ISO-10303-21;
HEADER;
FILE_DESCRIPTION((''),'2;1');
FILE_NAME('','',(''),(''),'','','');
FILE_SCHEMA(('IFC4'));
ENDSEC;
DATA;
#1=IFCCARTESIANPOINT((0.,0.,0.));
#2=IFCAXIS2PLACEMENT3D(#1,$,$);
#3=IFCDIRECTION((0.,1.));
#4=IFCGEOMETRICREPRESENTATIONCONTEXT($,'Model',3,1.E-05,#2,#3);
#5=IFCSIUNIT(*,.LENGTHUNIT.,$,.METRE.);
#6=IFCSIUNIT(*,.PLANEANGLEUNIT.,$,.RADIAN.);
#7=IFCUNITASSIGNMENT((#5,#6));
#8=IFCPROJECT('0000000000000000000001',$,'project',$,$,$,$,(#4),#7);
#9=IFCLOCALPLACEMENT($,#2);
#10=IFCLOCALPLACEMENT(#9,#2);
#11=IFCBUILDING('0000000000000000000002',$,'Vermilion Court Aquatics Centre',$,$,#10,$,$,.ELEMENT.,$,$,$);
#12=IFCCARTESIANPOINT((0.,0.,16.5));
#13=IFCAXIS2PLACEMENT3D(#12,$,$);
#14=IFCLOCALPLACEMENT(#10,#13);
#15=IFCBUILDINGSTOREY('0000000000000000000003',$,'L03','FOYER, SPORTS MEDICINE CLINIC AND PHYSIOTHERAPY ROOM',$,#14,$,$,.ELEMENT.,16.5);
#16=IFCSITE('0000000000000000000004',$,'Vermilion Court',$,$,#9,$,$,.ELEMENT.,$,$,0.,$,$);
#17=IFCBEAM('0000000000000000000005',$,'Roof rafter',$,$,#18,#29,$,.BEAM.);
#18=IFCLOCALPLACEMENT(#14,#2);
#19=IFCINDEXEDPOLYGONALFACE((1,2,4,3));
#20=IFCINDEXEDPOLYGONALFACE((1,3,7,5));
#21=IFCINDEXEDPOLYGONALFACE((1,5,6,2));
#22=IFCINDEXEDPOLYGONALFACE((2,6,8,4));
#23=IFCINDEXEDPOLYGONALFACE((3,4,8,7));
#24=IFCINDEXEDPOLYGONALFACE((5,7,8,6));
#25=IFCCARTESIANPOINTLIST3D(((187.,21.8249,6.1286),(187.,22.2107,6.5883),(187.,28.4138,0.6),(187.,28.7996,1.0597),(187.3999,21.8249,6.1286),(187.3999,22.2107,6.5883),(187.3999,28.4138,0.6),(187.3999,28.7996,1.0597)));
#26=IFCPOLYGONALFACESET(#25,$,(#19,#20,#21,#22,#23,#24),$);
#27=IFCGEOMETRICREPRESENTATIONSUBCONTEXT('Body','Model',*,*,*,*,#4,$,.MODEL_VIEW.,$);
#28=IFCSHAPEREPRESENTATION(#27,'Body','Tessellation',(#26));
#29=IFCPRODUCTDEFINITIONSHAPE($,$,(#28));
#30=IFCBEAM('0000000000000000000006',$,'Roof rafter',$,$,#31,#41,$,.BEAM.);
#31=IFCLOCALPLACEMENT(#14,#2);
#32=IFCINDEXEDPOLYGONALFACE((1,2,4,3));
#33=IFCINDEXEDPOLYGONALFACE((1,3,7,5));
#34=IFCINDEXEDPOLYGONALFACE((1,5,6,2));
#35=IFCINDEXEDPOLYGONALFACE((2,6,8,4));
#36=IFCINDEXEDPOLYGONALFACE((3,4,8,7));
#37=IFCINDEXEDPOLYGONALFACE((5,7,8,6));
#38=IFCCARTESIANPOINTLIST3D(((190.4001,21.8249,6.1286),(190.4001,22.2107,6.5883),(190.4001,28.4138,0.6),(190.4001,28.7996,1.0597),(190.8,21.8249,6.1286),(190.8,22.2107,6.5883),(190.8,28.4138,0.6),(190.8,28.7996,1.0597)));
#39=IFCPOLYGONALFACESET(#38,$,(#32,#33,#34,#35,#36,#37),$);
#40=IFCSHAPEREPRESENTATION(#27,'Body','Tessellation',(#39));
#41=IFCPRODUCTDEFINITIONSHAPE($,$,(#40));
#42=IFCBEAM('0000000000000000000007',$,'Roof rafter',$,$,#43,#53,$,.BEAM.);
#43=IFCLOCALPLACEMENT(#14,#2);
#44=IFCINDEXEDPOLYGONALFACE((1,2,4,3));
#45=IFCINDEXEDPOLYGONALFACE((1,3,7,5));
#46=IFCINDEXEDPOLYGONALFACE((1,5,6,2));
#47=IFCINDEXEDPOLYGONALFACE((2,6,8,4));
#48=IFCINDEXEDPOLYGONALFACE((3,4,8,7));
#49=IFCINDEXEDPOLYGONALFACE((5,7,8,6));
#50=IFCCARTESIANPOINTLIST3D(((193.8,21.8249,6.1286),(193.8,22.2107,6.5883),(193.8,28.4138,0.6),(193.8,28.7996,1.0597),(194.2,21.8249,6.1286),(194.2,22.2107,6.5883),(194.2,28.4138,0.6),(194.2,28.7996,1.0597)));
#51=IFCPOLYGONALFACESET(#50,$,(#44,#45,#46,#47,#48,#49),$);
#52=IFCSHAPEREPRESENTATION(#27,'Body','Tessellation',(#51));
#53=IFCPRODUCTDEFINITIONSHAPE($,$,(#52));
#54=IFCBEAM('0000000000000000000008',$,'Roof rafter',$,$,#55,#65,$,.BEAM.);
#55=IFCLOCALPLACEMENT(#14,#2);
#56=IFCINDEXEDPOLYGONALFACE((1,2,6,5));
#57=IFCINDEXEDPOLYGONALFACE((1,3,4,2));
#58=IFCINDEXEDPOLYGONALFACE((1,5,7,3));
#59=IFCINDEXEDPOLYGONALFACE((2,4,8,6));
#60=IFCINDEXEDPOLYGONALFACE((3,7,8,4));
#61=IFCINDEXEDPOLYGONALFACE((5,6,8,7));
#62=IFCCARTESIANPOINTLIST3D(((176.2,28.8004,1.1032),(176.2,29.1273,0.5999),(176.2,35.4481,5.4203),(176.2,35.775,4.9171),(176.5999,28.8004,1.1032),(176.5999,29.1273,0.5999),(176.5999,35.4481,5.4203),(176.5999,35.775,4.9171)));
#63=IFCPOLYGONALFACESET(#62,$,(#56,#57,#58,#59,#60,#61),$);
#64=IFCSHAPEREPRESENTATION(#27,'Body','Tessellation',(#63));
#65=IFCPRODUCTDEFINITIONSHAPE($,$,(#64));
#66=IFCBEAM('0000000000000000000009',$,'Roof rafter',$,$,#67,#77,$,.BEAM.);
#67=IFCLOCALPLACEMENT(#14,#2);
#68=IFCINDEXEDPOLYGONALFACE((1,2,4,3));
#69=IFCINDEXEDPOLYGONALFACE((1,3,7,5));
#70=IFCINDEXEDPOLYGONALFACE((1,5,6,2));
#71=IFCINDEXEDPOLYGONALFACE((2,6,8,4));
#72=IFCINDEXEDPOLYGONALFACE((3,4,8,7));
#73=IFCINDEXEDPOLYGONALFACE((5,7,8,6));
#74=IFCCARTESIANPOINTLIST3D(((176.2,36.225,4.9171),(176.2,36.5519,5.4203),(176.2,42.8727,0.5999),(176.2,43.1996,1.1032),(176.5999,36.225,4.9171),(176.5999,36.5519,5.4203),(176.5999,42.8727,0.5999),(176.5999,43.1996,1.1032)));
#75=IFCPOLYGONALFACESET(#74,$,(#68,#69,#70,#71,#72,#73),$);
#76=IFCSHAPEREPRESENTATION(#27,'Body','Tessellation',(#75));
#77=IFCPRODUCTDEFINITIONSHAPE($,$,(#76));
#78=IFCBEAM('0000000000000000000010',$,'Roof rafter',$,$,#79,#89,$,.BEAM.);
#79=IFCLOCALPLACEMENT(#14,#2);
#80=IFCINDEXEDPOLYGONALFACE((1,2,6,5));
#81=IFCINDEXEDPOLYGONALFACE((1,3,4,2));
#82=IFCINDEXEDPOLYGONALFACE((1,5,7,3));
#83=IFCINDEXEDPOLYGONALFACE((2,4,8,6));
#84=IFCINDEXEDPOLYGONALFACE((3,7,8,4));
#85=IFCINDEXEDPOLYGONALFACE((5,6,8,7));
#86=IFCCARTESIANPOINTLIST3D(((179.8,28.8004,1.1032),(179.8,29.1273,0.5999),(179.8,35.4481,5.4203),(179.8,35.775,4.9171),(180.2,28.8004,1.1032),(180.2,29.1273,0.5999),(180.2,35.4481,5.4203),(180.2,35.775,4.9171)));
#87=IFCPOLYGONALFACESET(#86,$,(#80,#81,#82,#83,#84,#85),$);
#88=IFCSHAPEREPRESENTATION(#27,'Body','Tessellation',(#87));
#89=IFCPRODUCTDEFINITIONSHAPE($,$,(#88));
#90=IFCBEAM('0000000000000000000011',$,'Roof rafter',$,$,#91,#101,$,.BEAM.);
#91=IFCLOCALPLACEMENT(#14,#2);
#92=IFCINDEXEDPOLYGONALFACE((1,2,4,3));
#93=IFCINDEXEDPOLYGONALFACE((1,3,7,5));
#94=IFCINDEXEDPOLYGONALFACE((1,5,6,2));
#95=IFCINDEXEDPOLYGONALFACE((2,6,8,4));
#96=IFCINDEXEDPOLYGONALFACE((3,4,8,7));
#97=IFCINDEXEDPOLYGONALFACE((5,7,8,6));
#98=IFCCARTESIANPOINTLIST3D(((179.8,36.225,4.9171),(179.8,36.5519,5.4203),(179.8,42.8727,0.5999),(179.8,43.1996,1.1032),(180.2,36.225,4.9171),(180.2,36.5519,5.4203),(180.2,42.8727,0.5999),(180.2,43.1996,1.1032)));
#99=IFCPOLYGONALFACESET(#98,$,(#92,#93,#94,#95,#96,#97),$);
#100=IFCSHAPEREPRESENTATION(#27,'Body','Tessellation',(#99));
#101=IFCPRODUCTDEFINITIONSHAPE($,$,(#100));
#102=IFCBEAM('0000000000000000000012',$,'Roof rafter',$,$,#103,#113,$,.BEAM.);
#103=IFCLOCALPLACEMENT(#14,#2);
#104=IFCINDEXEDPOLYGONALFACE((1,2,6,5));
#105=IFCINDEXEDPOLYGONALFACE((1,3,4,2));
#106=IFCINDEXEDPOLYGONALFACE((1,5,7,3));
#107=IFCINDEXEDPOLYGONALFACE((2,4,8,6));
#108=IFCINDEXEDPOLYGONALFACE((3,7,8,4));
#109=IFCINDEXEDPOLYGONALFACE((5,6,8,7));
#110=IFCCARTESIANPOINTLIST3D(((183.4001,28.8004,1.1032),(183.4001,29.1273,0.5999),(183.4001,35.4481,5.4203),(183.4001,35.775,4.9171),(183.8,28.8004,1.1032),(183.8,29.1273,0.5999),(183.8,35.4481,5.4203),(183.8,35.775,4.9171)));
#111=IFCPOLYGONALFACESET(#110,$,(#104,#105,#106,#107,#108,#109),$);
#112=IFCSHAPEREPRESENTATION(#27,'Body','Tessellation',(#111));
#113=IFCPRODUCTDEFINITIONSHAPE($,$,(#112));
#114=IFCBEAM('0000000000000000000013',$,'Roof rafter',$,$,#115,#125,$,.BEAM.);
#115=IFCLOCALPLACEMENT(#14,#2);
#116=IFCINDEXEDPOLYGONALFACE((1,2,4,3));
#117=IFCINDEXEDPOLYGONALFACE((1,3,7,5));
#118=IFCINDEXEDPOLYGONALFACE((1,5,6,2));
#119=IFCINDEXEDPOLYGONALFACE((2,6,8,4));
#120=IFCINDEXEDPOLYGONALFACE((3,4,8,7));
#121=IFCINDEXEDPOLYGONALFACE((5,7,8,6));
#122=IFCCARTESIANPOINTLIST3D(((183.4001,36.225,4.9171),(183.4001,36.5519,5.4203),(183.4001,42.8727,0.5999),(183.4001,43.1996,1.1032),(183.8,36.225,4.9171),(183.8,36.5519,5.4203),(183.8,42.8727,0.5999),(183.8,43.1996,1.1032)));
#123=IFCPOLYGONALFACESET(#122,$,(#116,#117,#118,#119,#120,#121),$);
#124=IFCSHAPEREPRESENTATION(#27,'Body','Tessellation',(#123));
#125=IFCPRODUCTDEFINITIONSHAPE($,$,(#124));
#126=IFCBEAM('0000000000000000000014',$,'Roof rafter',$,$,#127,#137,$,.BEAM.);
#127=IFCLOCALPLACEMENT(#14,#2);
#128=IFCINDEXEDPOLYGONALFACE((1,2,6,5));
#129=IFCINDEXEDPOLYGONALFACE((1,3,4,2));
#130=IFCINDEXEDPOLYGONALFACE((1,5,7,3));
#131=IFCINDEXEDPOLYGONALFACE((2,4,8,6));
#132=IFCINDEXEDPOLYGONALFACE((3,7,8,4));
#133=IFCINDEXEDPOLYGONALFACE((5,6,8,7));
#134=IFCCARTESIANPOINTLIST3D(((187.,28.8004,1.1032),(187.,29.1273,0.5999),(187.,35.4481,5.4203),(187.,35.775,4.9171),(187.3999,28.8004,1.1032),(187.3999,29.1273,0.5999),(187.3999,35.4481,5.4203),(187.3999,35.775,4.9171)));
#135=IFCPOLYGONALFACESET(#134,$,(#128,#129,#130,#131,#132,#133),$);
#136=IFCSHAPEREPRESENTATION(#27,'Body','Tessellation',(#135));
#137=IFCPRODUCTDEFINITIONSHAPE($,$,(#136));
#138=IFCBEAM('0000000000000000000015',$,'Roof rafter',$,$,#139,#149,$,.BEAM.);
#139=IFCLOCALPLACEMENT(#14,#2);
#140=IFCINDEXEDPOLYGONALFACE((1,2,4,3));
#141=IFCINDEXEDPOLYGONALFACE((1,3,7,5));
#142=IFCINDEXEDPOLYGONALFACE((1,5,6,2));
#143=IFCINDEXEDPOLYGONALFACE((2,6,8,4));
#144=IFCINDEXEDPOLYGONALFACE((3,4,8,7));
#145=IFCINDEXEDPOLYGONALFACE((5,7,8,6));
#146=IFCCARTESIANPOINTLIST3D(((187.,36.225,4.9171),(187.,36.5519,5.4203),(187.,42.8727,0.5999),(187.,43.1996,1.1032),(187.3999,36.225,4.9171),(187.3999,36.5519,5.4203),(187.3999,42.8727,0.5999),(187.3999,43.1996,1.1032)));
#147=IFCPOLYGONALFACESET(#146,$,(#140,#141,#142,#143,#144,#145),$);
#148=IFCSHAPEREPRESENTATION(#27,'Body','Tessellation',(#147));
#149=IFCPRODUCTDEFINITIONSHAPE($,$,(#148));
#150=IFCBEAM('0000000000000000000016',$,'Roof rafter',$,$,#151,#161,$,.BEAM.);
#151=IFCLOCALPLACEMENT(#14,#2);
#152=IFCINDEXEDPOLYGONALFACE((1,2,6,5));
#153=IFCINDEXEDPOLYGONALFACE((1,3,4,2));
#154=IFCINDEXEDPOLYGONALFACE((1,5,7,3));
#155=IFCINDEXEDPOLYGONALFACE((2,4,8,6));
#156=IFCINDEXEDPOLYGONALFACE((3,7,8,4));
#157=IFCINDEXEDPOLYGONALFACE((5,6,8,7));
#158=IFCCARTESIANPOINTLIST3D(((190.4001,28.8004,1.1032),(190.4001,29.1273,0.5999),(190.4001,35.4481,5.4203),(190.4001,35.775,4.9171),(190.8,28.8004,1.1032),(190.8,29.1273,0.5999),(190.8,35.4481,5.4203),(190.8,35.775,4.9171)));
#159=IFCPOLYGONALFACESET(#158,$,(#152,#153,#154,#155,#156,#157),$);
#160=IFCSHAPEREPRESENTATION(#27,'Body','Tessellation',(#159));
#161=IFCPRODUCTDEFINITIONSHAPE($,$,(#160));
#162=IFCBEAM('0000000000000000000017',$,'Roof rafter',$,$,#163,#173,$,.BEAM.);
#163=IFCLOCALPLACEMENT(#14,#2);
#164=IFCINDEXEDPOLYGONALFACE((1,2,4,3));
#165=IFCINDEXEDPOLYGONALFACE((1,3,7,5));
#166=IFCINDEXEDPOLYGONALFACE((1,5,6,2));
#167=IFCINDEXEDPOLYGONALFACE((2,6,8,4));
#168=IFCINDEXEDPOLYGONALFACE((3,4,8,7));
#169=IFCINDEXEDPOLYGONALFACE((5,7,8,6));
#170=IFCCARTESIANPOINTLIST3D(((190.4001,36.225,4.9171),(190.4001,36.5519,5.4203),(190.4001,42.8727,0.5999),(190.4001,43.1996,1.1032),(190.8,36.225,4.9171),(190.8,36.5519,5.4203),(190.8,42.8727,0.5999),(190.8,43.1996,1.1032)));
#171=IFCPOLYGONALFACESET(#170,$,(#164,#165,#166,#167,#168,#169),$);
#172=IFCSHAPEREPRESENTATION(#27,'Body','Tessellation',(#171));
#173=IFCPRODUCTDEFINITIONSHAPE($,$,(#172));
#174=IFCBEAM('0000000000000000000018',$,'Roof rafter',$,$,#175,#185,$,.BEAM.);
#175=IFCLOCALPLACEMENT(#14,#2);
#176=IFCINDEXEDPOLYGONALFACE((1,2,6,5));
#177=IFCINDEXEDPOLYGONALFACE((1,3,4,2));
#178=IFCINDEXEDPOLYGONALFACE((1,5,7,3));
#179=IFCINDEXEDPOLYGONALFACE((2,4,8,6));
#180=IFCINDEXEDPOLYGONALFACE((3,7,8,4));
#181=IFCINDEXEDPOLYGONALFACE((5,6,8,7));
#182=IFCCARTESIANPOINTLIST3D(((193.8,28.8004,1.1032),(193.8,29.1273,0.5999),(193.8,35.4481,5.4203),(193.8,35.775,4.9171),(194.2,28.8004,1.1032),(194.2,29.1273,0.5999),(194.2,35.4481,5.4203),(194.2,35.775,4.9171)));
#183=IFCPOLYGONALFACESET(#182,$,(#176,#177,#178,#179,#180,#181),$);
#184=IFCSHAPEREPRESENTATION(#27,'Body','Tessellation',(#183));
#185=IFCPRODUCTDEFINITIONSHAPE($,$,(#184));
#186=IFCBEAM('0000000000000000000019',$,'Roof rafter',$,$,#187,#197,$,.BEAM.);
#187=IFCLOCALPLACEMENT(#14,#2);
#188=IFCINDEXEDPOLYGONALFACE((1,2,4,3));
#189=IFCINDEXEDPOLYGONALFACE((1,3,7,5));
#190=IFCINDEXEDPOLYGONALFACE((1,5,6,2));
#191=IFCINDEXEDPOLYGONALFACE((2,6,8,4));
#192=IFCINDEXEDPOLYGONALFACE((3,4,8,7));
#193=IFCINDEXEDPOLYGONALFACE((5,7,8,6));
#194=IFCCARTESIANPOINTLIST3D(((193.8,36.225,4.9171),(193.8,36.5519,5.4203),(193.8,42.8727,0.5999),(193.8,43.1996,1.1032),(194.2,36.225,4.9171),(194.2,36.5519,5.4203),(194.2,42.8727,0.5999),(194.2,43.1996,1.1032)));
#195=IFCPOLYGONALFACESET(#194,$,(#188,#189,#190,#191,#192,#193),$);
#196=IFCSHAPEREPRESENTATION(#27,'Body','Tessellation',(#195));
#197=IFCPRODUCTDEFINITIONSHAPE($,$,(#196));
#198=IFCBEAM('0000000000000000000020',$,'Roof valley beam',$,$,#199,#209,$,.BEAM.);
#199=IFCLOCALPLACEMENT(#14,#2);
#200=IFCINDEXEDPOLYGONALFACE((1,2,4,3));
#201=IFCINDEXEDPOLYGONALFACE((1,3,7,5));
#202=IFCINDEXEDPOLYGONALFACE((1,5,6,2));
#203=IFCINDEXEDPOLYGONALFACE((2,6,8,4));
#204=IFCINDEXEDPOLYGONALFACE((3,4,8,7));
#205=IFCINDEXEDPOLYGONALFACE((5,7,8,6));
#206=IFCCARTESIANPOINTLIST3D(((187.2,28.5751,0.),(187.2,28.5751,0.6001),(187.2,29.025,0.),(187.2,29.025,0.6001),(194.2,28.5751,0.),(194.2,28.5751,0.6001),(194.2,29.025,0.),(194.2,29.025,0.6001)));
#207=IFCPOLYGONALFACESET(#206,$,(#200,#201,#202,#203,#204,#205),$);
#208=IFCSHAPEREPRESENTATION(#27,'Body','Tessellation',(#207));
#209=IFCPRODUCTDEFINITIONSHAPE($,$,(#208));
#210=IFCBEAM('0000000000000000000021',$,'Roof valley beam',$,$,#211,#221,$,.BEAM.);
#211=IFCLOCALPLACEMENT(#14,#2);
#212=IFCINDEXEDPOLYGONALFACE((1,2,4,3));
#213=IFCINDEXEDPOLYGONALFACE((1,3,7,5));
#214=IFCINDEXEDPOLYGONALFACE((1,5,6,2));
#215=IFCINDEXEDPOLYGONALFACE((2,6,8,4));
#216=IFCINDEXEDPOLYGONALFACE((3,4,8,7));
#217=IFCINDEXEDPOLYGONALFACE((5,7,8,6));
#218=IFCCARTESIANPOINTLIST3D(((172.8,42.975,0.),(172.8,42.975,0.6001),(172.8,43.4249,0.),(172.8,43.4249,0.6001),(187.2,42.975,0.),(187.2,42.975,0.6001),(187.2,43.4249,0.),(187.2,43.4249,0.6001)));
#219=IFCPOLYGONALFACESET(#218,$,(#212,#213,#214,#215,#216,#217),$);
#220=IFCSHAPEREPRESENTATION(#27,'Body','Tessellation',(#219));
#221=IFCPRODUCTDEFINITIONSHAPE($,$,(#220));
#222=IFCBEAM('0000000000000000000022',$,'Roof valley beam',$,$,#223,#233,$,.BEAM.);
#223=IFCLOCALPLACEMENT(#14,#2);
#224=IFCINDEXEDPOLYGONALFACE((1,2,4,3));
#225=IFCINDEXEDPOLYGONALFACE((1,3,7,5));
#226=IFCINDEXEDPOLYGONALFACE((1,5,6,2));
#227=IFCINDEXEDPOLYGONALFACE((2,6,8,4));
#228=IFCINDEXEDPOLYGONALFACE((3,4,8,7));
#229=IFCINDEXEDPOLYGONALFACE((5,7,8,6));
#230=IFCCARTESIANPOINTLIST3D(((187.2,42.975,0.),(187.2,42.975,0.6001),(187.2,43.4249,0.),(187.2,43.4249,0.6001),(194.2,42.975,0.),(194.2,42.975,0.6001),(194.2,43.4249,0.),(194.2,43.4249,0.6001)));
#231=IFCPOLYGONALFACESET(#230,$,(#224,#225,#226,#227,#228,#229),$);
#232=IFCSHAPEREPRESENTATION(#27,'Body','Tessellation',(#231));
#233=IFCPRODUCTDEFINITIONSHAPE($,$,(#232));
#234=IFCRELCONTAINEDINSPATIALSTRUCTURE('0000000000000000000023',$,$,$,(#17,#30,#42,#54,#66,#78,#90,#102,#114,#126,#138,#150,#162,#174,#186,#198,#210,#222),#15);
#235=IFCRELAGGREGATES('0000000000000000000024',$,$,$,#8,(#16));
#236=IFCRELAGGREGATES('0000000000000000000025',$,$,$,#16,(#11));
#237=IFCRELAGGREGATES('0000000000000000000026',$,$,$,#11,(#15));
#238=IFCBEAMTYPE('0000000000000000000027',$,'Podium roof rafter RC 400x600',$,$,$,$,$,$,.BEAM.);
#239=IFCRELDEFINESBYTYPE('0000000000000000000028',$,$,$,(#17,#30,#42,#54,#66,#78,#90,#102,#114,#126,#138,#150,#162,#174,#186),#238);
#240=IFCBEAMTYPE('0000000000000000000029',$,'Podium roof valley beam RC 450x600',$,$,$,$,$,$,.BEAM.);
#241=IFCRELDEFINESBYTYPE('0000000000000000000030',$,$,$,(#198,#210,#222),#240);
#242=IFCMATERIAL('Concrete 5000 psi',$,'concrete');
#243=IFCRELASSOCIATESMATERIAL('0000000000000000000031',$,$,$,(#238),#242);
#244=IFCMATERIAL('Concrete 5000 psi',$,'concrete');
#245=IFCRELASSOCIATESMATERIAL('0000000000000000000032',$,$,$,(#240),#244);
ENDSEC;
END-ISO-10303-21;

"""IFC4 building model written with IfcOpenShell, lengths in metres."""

from ifc_helpers import new_model, si_unit, direction, frame, origin, origin_2d, place, context, subcontext, project, spatial, rectangle, extrude, material, material_profile, profile_set, type_object, element, save


model = new_model("IFC4")

# Units and contexts
model_context = context("Model", 3, precision=1e-05, world=origin(), true_north=direction((0.0, 1.0)))
body_context = subcontext(model_context, "Body", "Model", "MODEL_VIEW")
ifc_project = project(units=[si_unit("LENGTHUNIT", "METRE"), si_unit("PLANEANGLEUNIT", "RADIAN")], contexts=[model_context])

# Site, building, storey
site_placement = place(None, origin())
site = spatial("IfcSite", under=ifc_project, at=site_placement, Name="Vermilion Court", CompositionType="ELEMENT", RefElevation=0.0)
building_placement = place(site_placement, origin())
building = spatial("IfcBuilding", under=site, at=building_placement, Name="Vermilion Court Aquatics Centre", CompositionType="ELEMENT")
storey_placement = place(building_placement, frame((0.0, 0.0, 16.5)))
storey = spatial("IfcBuildingStorey", under=building, at=storey_placement, Name="L03", Description="FOYER, SPORTS MEDICINE CLINIC AND PHYSIOTHERAPY ROOM", CompositionType="ELEMENT", Elevation=16.5)

# Beams
ifc_material_1 = material(Name="Concrete 5000 psi", Category="concrete")
ifc_material_profile_1 = material_profile(ifc_material_1, rectangle(XDim=0.3999, YDim=0.6001, at=origin_2d()), Name="RC 400x600")
ifc_profile_set_1 = profile_set([ifc_material_profile_1], Name="Concrete 5000 psi")
beam_type_1 = type_object("IfcBeamType", Name="Podium roof rafter RC 400x600", PredefinedType="BEAM", material=ifc_profile_set_1)
for number, where, z_axis, x_axis, name in (
    (1, (187.2, 28.6067, 0.8298), (0.0, -0.766053, 0.642777), (1.0, 0.0, 0.0), "Roof rafter"),
    (2, (190.6001, 28.6067, 0.8298), (0.0, -0.766053, 0.642777), (1.0, 0.0, 0.0), "Roof rafter"),
    (3, (194.0, 28.6067, 0.8298), (0.0, -0.766053, 0.642777), (1.0, 0.0, 0.0), "Roof rafter"),
):
    element("IfcBeam", number, at=place(storey_placement, frame(where, z_axis=z_axis, x_axis=x_axis)), inside=storey, type_object=beam_type_1, Name=name, PredefinedType="BEAM", context=body_context, shape_type="SweptSolid", body=[
        extrude(rectangle(XDim=0.3999, YDim=0.6001, at=origin_2d()), origin(), (0.0, 0.0, 1.0), 8.6011),
    ])
for number, where, z_axis, x_axis, name in (
    (4, (176.3999, 28.9639, 0.8516), (0.0, 0.838667, 0.544645), (-1.0, 0.0, 0.0), "Roof rafter"),
    (5, (176.3999, 43.0361, 0.8516), (0.0, -0.838667, 0.544645), (1.0, 0.0, 0.0), "Roof rafter"),
    (6, (180.0, 28.9639, 0.8516), (0.0, 0.838667, 0.544645), (-1.0, 0.0, 0.0), "Roof rafter"),
    (7, (180.0, 43.0361, 0.8516), (0.0, -0.838667, 0.544645), (1.0, 0.0, 0.0), "Roof rafter"),
    (8, (183.6001, 28.9639, 0.8516), (0.0, 0.838667, 0.544645), (-1.0, 0.0, 0.0), "Roof rafter"),
    (9, (183.6001, 43.0361, 0.8516), (0.0, -0.838667, 0.544645), (1.0, 0.0, 0.0), "Roof rafter"),
    (10, (187.2, 28.9639, 0.8516), (0.0, 0.838667, 0.544645), (-1.0, 0.0, 0.0), "Roof rafter"),
    (11, (187.2, 43.0361, 0.8516), (0.0, -0.838667, 0.544645), (1.0, 0.0, 0.0), "Roof rafter"),
    (12, (190.6001, 28.9639, 0.8516), (0.0, 0.838667, 0.544645), (-1.0, 0.0, 0.0), "Roof rafter"),
    (13, (190.6001, 43.0361, 0.8516), (0.0, -0.838667, 0.544645), (1.0, 0.0, 0.0), "Roof rafter"),
    (14, (194.0, 28.9639, 0.8516), (0.0, 0.838667, 0.544645), (-1.0, 0.0, 0.0), "Roof rafter"),
    (15, (194.0, 43.0361, 0.8516), (0.0, -0.838667, 0.544645), (1.0, 0.0, 0.0), "Roof rafter"),
):
    element("IfcBeam", number, at=place(storey_placement, frame(where, z_axis=z_axis, x_axis=x_axis)), inside=storey, type_object=beam_type_1, Name=name, PredefinedType="BEAM", context=body_context, shape_type="SweptSolid", body=[
        extrude(rectangle(XDim=0.3999, YDim=0.6001, at=origin_2d()), origin(), (0.0, 0.0, 1.0), 7.9265),
    ])
ifc_material_2 = material(Name="Concrete 5000 psi", Category="concrete")
ifc_material_profile_2 = material_profile(ifc_material_2, rectangle(XDim=0.45, YDim=0.6001, at=origin_2d()), Name="RC 450x600")
ifc_profile_set_2 = profile_set([ifc_material_profile_2], Name="Concrete 5000 psi")
beam_type_2 = type_object("IfcBeamType", Name="Podium roof valley beam RC 450x600", PredefinedType="BEAM", material=ifc_profile_set_2)
beam_1_placement = place(storey_placement, frame((187.2, 28.8, 0.3), z_axis=(1.0, 0.0, 0.0), x_axis=(0.0, 1.0, 0.0)))
element("IfcBeam", 16, at=beam_1_placement, inside=storey, type_object=beam_type_2, Name="Roof valley beam", PredefinedType="BEAM", context=body_context, shape_type="SweptSolid", body=[
    extrude(rectangle(XDim=0.45, YDim=0.6001, at=origin_2d()), origin(), (0.0, 0.0, 1.0), 7.0),
])
beam_2_placement = place(storey_placement, frame((172.8, 43.2, 0.3), z_axis=(1.0, 0.0, 0.0), x_axis=(0.0, 1.0, 0.0)))
element("IfcBeam", 17, at=beam_2_placement, inside=storey, type_object=beam_type_2, Name="Roof valley beam", PredefinedType="BEAM", context=body_context, shape_type="SweptSolid", body=[
    extrude(rectangle(XDim=0.45, YDim=0.6001, at=origin_2d()), origin(), (0.0, 0.0, 1.0), 14.3999),
])
beam_3_placement = place(storey_placement, frame((187.2, 43.2, 0.3), z_axis=(1.0, 0.0, 0.0), x_axis=(0.0, 1.0, 0.0)))
element("IfcBeam", 18, at=beam_3_placement, inside=storey, type_object=beam_type_2, Name="Roof valley beam", PredefinedType="BEAM", context=body_context, shape_type="SweptSolid", body=[
    extrude(rectangle(XDim=0.45, YDim=0.6001, at=origin_2d()), origin(), (0.0, 0.0, 1.0), 7.0),
])

save(model, "model.ifc")
